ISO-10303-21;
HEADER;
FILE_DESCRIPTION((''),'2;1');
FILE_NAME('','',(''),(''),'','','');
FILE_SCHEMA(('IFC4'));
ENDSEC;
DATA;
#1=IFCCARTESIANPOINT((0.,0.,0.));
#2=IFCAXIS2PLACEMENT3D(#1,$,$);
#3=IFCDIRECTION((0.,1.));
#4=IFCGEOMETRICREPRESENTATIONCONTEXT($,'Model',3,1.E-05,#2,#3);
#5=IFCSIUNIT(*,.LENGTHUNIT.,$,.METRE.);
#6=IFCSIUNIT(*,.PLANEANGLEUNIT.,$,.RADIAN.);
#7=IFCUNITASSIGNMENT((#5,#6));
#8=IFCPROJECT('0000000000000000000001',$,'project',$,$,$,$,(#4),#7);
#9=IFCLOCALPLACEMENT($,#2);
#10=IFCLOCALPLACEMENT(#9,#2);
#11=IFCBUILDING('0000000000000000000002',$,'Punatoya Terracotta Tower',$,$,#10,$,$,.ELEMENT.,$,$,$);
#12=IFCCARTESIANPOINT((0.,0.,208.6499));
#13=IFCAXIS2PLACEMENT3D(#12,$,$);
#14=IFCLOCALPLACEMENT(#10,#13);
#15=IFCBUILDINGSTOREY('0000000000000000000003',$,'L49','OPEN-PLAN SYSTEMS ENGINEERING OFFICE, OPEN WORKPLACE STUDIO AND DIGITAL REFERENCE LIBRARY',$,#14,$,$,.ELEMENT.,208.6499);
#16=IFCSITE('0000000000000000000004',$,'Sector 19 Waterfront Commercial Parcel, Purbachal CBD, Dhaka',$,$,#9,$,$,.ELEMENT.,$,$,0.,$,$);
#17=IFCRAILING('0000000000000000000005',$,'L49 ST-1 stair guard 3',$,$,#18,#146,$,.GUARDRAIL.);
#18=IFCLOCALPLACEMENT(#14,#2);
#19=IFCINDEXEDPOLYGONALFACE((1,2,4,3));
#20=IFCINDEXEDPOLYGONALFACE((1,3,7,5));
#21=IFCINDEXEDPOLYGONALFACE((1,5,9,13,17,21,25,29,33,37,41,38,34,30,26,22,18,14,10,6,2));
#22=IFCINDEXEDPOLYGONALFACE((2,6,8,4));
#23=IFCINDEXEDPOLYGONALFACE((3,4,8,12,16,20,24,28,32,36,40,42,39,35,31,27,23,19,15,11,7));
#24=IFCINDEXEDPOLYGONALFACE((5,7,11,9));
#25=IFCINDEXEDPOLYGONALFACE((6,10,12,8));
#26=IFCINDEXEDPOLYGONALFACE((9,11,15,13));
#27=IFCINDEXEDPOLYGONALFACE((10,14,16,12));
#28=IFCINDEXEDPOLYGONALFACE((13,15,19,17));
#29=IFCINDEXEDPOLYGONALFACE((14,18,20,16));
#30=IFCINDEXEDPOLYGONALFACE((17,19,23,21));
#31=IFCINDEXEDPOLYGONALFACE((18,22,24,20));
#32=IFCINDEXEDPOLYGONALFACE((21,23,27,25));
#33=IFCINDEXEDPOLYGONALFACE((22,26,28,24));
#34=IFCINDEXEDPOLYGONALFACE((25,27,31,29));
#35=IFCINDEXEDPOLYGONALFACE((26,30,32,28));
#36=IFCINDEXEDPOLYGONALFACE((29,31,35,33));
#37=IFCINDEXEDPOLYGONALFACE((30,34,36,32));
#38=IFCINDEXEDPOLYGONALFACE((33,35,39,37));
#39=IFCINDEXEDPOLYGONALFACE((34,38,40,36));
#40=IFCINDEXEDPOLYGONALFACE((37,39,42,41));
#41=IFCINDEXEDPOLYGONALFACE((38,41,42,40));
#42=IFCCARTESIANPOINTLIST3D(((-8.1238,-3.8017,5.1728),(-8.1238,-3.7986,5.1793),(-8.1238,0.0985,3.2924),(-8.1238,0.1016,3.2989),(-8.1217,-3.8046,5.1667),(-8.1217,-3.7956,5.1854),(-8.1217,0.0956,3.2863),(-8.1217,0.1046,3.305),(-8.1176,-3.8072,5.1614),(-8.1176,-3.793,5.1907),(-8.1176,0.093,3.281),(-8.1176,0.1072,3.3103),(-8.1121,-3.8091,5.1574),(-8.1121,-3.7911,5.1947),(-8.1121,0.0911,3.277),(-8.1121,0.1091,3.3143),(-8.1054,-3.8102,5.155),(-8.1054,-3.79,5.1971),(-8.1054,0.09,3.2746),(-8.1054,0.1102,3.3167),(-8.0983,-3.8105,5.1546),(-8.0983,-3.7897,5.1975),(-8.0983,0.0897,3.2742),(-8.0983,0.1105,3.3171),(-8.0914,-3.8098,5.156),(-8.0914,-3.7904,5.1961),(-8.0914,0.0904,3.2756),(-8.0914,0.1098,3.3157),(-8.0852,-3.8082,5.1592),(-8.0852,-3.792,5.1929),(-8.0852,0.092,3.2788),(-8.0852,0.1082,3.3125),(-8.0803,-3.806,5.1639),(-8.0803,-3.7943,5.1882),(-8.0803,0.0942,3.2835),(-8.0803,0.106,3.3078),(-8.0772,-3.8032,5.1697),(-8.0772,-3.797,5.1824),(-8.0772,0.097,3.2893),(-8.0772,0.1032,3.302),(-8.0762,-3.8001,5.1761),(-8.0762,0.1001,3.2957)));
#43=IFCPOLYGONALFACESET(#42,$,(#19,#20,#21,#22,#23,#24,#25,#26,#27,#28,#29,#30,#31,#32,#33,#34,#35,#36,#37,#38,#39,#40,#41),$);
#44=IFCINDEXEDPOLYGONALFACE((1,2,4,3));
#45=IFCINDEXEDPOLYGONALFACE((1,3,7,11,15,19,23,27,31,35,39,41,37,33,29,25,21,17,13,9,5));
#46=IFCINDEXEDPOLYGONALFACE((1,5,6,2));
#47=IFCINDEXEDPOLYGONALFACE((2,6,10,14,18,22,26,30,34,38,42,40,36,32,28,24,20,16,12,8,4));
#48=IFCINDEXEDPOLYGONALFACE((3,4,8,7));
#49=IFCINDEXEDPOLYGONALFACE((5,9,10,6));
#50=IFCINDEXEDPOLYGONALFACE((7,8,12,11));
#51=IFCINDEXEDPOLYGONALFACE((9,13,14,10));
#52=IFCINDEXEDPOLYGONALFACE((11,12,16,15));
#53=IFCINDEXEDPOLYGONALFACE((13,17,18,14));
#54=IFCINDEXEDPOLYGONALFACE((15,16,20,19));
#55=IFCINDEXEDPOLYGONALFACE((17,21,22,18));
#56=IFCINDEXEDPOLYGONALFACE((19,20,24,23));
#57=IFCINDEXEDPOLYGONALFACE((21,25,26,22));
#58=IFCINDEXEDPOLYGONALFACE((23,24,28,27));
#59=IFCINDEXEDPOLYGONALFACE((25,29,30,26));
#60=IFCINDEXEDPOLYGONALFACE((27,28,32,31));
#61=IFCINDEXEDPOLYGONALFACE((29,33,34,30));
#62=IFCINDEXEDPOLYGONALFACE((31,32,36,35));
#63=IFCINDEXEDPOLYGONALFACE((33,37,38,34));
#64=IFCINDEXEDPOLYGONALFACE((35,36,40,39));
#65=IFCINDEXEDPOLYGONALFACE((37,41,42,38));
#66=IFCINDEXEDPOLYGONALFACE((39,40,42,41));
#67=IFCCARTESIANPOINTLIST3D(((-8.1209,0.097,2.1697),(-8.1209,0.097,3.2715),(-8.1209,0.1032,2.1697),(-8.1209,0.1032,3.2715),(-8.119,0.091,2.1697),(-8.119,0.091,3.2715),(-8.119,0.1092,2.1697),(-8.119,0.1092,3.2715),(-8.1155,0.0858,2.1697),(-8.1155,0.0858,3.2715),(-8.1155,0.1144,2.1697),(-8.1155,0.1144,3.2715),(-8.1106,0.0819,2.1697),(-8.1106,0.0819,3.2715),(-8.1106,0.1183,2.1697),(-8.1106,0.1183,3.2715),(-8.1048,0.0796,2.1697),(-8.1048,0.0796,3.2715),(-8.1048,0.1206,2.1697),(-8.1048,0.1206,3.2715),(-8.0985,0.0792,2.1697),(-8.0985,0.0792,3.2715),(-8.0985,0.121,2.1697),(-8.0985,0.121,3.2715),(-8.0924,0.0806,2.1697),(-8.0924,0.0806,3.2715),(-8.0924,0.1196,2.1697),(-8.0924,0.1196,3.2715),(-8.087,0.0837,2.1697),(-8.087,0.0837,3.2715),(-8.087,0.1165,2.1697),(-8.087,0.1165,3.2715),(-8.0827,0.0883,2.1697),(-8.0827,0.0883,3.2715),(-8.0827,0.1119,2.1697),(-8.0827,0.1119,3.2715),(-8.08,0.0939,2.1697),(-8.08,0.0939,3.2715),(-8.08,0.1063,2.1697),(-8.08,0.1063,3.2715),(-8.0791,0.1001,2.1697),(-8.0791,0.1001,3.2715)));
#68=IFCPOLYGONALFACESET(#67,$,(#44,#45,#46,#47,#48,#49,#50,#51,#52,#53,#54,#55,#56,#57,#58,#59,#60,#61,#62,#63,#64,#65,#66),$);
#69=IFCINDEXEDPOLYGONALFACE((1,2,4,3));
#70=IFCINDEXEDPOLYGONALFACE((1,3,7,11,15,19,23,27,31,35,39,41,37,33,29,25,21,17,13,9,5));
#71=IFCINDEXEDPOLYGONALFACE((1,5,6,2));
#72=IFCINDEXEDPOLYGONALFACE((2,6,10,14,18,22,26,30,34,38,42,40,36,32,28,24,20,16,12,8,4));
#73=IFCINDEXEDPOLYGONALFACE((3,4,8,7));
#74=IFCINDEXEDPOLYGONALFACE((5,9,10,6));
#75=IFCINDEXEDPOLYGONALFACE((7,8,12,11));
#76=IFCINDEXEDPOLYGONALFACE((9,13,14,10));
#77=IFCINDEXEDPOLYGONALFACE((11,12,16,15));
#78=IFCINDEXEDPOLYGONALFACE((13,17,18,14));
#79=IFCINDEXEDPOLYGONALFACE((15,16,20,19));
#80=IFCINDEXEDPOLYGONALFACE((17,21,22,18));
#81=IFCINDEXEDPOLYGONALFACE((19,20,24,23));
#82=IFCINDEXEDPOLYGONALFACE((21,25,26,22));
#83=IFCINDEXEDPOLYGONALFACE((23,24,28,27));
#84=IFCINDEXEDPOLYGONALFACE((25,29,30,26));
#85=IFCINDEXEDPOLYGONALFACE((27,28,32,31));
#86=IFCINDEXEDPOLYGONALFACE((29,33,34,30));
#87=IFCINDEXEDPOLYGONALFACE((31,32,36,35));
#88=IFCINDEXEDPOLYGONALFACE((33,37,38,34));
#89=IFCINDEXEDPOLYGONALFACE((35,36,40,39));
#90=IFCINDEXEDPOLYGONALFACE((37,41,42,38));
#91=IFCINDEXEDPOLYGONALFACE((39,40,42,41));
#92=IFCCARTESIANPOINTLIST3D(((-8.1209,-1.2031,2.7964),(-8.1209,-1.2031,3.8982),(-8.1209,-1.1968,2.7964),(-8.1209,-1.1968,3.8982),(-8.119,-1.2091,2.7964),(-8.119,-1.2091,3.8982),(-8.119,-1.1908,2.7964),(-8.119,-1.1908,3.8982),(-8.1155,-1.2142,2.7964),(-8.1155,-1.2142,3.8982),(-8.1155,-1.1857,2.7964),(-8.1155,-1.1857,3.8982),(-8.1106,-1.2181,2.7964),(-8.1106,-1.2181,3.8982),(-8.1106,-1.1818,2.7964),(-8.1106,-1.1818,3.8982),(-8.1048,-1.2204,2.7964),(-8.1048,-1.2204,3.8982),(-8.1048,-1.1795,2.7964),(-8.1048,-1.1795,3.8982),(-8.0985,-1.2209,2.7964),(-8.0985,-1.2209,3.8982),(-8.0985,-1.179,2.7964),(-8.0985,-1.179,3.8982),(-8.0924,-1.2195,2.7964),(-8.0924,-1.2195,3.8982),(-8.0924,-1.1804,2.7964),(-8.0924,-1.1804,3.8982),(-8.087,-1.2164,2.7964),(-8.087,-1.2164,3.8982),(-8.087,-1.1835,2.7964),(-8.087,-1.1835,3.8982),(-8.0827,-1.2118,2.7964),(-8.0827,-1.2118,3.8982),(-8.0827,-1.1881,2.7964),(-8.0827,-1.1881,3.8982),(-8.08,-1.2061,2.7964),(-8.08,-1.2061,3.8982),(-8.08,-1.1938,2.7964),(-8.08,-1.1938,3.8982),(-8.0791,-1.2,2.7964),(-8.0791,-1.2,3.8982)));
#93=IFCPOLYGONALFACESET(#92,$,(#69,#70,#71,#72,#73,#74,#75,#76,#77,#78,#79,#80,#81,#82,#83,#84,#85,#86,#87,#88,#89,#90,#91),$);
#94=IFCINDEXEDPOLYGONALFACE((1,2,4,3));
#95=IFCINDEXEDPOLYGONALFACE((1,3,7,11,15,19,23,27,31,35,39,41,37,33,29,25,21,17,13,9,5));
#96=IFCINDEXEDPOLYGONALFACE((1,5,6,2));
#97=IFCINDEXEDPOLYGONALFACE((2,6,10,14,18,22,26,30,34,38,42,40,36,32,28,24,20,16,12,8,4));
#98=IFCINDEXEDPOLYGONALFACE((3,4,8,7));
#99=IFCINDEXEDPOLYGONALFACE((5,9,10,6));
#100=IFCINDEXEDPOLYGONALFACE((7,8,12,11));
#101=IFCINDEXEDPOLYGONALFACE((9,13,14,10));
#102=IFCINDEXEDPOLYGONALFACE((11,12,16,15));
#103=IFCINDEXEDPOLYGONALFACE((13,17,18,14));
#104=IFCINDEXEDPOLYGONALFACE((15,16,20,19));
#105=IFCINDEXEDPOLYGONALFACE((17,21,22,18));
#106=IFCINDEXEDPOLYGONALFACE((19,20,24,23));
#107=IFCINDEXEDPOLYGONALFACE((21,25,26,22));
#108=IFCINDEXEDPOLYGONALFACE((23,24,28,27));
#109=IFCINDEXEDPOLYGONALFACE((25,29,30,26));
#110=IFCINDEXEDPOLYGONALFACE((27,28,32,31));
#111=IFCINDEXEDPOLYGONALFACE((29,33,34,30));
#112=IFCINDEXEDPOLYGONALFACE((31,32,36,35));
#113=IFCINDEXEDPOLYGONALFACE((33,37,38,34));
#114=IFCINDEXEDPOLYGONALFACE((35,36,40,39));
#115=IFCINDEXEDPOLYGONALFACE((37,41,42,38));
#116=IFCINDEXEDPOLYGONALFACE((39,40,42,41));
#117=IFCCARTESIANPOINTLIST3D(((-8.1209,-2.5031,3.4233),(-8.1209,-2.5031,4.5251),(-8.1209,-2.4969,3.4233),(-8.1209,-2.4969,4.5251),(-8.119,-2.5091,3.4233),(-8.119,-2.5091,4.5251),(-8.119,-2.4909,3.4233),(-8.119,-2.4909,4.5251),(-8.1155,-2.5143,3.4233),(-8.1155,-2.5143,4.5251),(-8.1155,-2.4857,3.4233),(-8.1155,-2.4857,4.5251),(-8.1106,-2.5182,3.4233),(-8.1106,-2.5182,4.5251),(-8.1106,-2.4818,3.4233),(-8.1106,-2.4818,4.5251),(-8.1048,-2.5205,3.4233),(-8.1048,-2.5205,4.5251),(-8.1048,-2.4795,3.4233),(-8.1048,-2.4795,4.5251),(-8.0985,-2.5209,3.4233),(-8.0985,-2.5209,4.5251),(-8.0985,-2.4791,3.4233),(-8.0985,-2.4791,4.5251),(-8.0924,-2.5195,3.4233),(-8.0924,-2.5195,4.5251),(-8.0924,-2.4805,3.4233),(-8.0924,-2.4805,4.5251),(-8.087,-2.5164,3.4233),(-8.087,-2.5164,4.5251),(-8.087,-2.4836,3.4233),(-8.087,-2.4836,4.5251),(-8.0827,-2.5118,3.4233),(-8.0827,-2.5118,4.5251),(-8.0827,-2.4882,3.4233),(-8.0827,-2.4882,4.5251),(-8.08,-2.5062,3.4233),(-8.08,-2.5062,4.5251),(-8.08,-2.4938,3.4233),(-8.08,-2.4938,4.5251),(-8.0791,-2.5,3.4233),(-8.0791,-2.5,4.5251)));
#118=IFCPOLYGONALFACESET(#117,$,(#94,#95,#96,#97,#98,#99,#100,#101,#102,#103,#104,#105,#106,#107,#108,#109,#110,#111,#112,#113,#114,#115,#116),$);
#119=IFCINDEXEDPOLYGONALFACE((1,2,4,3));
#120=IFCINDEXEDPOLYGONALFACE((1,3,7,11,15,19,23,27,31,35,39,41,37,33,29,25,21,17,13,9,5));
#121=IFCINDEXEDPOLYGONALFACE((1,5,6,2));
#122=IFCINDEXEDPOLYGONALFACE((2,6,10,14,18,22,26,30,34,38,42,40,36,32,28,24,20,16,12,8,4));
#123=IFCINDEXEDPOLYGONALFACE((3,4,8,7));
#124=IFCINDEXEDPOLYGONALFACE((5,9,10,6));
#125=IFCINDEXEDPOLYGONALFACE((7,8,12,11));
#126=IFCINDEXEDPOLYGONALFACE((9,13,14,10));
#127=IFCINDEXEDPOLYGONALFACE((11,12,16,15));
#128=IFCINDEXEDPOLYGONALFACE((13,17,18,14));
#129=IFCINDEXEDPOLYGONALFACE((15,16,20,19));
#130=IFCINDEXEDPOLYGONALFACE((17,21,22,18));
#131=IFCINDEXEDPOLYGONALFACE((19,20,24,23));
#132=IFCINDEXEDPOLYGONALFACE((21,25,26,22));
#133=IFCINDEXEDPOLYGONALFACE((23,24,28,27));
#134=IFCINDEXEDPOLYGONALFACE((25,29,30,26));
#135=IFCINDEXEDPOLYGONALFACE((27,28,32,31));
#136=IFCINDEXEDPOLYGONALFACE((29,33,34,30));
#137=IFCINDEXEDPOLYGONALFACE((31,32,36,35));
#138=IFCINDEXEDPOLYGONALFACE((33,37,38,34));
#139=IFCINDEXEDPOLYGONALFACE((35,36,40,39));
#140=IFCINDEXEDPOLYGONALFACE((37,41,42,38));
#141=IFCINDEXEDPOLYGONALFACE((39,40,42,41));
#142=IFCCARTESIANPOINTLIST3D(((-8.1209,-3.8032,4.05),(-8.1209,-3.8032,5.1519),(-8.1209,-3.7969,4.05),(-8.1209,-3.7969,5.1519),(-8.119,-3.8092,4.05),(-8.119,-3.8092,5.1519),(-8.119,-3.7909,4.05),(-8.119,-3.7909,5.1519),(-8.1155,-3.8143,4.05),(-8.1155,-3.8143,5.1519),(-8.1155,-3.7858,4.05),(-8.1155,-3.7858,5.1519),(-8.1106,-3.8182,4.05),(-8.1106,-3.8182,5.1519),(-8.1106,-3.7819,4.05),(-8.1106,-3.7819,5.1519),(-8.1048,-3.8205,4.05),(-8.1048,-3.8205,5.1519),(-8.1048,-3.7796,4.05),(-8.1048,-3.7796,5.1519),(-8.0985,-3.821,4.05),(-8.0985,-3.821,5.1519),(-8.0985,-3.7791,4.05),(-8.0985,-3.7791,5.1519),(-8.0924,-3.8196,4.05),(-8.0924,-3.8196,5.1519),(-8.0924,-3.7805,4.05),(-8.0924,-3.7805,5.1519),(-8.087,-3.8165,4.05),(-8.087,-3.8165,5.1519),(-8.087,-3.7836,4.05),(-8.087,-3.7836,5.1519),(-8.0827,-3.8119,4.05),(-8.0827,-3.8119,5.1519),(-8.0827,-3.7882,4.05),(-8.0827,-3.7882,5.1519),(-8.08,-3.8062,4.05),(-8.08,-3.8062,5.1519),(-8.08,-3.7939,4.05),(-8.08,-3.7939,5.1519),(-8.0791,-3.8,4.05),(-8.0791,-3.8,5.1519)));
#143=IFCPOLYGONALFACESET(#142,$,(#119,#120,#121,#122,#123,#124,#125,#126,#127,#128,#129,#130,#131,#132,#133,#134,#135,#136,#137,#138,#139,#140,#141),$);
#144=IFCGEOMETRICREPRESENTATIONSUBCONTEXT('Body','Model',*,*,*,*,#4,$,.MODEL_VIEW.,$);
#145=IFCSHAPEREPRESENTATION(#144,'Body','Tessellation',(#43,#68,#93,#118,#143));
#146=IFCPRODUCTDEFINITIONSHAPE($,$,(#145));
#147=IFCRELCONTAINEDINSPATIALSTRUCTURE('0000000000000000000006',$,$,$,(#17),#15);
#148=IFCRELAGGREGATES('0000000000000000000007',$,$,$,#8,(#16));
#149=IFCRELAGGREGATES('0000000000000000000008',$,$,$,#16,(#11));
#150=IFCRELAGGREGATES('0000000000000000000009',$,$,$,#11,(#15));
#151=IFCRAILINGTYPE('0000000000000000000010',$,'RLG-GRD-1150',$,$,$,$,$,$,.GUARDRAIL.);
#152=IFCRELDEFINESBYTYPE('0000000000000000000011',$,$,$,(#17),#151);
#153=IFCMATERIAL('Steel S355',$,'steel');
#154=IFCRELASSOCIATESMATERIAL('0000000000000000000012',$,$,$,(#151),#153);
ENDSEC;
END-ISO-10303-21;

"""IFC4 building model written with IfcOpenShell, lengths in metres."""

from ifc_helpers import new_model, si_unit, direction, frame, origin, origin_2d, place, context, subcontext, project, spatial, circle, extrude, material, type_object, element, save


model = new_model("IFC4")

# Units and contexts
model_context = context("Model", 3, precision=1e-05, world=origin(), true_north=direction((0.0, 1.0)))
body_context = subcontext(model_context, "Body", "Model", "MODEL_VIEW")
ifc_project = project(units=[si_unit("LENGTHUNIT", "METRE"), si_unit("PLANEANGLEUNIT", "RADIAN")], contexts=[model_context])

# Site, building, storey
site_placement = place(None, origin())
site = spatial("IfcSite", under=ifc_project, at=site_placement, Name="Sector 19 Waterfront Commercial Parcel, Purbachal CBD, Dhaka", CompositionType="ELEMENT", RefElevation=0.0)
building_placement = place(site_placement, origin())
building = spatial("IfcBuilding", under=site, at=building_placement, Name="Punatoya Terracotta Tower", CompositionType="ELEMENT")
storey_placement = place(building_placement, frame((0.0, 0.0, 208.6499)))
storey = spatial("IfcBuildingStorey", under=building, at=storey_placement, Name="L49", Description="OPEN-PLAN SYSTEMS ENGINEERING OFFICE, OPEN WORKPLACE STUDIO AND DIGITAL REFERENCE LIBRARY", CompositionType="ELEMENT", Elevation=208.6499)

# Shared definitions
ifc_material_1 = material(Name="Steel S355", Category="steel")

# Railing
railing_type_1 = type_object("IfcRailingType", Name="RLG-GRD-1150", PredefinedType="GUARDRAIL", material=ifc_material_1)
railing_1_placement = place(storey_placement, frame((-8.1001, 0.1001, 2.1697)))
element("IfcRailing", 1, at=railing_1_placement, inside=storey, type_object=railing_type_1, Name="L49 ST-1 stair guard 3", PredefinedType="GUARDRAIL", context=body_context, shape_type="SweptSolid", body=[
    extrude(circle(Radius=0.0239, at=origin_2d()), frame((0.0, 0.0, 1.126), z_axis=(0.0, -0.900774, 0.434289), x_axis=(1.0, 0.0, 0.0)), (0.0, 0.0, 1.0), 4.3298),
    extrude(circle(Radius=0.021, at=origin_2d()), origin(), (0.0, 0.0, 1.0), 1.1018),
    extrude(circle(Radius=0.021, at=origin_2d()), frame((0.0, -1.3, 0.6267)), (0.0, 0.0, 1.0), 1.1018),
    extrude(circle(Radius=0.021, at=origin_2d()), frame((0.0, -2.6001, 1.2537)), (0.0, 0.0, 1.0), 1.1018),
    extrude(circle(Radius=0.021, at=origin_2d()), frame((0.0, -3.9001, 1.8804)), (0.0, 0.0, 1.0), 1.1018),
])

save(model, "model.ifc")
